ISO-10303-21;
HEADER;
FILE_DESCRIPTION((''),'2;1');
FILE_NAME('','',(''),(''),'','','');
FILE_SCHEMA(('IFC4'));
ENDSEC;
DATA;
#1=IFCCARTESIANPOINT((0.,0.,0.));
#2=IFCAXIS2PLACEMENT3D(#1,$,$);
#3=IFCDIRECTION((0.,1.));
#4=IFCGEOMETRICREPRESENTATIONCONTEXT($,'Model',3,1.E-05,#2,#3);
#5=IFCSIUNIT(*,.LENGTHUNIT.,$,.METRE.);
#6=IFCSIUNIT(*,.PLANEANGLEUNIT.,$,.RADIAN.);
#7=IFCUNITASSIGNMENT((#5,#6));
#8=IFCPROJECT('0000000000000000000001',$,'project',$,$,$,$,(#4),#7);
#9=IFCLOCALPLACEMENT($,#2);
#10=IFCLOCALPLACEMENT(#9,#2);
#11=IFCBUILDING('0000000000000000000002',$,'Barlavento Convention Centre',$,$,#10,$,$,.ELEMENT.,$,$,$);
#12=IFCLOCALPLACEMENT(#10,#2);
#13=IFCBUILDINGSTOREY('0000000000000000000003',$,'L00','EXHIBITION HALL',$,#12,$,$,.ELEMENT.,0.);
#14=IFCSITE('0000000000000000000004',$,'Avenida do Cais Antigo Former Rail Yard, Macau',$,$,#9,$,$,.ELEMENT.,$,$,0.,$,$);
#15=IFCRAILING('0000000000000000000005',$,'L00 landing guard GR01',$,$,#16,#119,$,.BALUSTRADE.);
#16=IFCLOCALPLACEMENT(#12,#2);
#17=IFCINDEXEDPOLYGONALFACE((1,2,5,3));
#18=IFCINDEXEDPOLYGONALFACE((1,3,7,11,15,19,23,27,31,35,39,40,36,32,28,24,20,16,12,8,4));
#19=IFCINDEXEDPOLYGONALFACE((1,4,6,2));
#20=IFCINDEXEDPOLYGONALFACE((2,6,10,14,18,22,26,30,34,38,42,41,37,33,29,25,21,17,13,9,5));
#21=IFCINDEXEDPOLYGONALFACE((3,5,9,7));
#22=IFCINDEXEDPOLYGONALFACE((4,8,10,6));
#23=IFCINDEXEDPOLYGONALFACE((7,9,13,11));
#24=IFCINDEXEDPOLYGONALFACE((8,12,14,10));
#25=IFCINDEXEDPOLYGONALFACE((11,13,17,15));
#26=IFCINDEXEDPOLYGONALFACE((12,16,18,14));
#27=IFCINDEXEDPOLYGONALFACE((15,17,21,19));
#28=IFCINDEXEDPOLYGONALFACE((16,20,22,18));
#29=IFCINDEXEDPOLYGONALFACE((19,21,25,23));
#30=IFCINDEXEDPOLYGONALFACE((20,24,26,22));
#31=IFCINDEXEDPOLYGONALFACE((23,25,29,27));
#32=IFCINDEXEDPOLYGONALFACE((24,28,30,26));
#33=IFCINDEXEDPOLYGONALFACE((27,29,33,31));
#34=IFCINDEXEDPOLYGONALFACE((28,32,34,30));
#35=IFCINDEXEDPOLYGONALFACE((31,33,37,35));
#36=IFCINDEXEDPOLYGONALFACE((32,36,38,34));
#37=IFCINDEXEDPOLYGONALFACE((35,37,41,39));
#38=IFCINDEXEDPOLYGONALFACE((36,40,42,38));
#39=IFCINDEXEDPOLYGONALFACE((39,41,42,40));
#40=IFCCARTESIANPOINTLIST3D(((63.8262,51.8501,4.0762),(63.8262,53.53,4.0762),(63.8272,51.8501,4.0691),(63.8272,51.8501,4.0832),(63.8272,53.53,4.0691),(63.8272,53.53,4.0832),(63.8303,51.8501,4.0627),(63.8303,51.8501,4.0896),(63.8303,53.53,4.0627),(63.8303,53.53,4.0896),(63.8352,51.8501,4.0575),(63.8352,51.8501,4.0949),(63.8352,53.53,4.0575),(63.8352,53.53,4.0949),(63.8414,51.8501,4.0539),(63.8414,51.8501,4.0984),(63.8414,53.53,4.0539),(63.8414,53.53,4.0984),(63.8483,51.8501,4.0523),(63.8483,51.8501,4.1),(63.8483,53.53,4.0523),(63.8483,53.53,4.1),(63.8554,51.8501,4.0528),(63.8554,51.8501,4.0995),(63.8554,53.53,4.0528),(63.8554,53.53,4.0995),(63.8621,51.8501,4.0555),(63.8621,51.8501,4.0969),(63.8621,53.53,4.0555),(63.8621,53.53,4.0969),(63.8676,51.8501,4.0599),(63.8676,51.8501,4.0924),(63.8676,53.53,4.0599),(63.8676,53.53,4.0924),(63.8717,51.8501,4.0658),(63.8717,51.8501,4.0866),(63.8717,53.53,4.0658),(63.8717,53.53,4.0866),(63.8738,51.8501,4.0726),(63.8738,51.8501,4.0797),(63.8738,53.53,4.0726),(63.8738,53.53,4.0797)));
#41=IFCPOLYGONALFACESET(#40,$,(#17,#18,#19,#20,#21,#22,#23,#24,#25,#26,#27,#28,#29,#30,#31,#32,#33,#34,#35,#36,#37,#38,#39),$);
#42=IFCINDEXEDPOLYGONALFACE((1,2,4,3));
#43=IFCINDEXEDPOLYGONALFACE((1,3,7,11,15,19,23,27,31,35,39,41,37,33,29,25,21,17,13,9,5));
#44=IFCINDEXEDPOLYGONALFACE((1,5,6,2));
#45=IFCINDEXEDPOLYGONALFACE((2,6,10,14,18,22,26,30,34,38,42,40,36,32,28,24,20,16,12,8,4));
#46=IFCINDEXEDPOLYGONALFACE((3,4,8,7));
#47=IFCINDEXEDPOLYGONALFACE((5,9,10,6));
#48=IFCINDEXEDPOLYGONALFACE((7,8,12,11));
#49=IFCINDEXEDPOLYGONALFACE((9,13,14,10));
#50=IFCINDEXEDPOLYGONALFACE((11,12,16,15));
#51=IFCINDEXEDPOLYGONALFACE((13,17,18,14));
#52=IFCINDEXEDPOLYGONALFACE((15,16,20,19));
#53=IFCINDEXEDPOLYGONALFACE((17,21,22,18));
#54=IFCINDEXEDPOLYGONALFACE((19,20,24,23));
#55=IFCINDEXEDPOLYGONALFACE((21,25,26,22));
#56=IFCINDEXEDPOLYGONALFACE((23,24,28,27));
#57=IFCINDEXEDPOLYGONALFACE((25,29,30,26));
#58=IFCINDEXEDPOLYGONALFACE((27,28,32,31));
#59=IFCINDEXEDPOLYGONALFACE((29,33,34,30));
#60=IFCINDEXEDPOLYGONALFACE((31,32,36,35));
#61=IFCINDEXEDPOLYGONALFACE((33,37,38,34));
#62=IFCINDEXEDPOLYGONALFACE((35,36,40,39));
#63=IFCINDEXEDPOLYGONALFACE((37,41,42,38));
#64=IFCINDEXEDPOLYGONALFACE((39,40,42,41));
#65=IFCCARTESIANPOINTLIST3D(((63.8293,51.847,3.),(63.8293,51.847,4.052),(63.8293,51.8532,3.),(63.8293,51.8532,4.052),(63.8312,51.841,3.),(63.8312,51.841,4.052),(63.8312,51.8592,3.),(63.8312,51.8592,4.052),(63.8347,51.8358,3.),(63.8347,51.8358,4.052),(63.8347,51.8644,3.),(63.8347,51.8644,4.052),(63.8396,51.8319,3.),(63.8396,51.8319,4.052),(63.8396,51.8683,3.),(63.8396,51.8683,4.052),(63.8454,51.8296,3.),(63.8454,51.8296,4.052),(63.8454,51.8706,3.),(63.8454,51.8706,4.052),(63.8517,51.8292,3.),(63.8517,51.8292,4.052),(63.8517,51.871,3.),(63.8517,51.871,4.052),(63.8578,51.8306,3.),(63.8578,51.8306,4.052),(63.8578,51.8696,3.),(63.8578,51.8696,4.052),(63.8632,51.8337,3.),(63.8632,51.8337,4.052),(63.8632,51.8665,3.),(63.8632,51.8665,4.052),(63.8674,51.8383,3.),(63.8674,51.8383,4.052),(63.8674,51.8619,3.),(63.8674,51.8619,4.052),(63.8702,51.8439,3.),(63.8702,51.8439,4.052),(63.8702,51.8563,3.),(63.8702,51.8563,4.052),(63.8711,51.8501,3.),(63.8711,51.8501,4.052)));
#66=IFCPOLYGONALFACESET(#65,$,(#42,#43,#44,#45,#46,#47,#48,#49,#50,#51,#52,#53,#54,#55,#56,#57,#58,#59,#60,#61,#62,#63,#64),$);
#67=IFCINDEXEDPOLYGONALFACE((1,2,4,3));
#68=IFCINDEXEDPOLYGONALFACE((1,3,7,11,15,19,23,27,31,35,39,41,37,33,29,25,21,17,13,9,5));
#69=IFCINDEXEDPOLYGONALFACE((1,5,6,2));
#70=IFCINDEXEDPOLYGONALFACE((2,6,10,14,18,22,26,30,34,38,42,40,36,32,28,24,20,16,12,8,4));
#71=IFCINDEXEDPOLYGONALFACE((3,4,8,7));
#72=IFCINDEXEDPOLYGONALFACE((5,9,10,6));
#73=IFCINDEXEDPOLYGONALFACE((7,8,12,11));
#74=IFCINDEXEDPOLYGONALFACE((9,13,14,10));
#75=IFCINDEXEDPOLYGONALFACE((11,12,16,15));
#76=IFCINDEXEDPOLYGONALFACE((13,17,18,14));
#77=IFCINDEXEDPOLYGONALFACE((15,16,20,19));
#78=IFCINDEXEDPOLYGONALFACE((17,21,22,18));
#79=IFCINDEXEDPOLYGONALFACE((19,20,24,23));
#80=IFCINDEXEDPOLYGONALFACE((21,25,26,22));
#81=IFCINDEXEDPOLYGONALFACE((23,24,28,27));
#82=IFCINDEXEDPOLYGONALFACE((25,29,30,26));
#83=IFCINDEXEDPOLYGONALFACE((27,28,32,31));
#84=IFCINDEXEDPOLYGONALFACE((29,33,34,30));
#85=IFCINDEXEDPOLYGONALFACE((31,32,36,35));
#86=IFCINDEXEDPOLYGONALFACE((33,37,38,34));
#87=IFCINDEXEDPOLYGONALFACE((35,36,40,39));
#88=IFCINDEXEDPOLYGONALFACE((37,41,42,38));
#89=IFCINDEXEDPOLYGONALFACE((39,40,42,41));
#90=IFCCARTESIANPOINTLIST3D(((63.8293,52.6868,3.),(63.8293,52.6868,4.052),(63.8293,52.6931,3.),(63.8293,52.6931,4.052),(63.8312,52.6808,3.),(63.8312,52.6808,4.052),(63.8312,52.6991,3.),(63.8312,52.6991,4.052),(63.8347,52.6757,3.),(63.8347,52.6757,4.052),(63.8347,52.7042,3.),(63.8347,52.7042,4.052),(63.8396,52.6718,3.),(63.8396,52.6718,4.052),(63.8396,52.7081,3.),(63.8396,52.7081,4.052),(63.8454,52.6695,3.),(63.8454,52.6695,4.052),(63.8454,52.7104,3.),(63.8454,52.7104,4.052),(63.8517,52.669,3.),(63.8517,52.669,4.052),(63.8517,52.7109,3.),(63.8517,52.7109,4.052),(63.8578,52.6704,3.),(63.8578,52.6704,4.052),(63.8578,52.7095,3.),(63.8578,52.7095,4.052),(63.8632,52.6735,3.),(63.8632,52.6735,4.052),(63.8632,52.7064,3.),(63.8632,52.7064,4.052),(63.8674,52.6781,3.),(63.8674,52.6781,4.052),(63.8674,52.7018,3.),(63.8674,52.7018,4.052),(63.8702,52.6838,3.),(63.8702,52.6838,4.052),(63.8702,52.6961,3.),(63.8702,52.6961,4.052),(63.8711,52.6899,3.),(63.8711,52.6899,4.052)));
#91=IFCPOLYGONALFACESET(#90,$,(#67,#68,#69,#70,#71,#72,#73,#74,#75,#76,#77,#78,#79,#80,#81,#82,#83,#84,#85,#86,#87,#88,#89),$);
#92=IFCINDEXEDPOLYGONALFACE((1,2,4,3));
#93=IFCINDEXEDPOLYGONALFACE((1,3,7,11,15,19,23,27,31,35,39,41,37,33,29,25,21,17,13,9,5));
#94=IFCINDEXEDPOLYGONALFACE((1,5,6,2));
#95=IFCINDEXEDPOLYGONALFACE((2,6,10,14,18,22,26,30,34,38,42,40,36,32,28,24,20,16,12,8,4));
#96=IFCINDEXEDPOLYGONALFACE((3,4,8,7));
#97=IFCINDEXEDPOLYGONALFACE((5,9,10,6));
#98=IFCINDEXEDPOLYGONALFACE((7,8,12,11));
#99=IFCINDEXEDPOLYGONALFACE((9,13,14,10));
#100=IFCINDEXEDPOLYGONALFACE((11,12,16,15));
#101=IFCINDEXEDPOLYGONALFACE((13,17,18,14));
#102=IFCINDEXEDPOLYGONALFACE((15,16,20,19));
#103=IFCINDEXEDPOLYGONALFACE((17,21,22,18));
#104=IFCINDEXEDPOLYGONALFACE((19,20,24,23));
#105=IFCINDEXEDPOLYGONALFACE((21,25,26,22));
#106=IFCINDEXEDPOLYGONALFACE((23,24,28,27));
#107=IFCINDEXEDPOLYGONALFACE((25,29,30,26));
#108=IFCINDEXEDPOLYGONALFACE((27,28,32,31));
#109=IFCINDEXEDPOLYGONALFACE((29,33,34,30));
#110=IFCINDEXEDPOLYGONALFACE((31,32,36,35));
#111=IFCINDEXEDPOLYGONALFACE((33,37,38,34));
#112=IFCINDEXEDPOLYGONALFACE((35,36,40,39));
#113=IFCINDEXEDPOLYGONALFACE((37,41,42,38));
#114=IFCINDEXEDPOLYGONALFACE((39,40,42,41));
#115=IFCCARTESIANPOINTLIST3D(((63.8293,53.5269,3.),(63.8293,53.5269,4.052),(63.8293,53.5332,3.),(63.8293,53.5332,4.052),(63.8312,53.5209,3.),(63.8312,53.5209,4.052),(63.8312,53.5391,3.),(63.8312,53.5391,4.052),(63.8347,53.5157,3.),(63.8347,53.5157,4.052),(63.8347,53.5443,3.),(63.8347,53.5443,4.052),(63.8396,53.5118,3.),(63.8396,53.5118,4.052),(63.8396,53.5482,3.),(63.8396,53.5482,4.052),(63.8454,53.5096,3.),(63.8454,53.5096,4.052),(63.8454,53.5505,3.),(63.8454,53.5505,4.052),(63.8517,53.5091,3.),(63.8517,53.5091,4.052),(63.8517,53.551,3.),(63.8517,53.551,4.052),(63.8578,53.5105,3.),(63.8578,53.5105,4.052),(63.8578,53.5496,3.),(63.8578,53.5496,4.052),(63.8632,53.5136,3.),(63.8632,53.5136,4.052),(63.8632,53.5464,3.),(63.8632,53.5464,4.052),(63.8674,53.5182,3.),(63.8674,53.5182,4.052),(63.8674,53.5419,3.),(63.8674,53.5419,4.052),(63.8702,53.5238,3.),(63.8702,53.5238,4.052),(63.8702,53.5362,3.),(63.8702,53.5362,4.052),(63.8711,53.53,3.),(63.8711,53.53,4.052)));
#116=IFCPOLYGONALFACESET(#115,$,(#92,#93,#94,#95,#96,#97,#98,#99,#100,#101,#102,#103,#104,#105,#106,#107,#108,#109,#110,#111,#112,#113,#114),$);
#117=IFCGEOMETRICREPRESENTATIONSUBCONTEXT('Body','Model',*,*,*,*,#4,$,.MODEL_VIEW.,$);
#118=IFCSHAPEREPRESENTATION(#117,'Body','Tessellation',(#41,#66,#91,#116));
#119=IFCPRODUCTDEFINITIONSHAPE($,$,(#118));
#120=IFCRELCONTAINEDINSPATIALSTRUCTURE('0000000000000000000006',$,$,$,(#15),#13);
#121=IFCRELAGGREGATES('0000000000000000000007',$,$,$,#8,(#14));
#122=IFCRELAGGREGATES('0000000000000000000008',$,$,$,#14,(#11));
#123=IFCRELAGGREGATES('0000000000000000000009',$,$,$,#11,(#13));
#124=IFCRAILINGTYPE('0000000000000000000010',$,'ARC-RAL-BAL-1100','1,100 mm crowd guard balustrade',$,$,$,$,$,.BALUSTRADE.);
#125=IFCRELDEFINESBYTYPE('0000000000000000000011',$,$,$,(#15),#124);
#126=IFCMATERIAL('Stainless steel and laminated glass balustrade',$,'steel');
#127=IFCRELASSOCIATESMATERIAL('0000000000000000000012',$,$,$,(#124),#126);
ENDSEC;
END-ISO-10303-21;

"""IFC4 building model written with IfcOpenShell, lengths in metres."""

from ifc_helpers import new_model, si_unit, direction, frame, origin, origin_2d, place, context, subcontext, project, spatial, circle, extrude, material, type_object, element, save


model = new_model("IFC4")

# Units and contexts
model_context = context("Model", 3, precision=1e-05, world=origin(), true_north=direction((0.0, 1.0)))
body_context = subcontext(model_context, "Body", "Model", "MODEL_VIEW")
ifc_project = project(units=[si_unit("LENGTHUNIT", "METRE"), si_unit("PLANEANGLEUNIT", "RADIAN")], contexts=[model_context])

# Site, building, storey
site_placement = place(None, origin())
site = spatial("IfcSite", under=ifc_project, at=site_placement, Name="Avenida do Cais Antigo Former Rail Yard, Macau", CompositionType="ELEMENT", RefElevation=0.0)
building_placement = place(site_placement, origin())
building = spatial("IfcBuilding", under=site, at=building_placement, Name="Barlavento Convention Centre", CompositionType="ELEMENT")
storey_placement = place(building_placement, origin())
storey = spatial("IfcBuildingStorey", under=building, at=storey_placement, Name="L00", Description="EXHIBITION HALL", CompositionType="ELEMENT", Elevation=0.0)

# Railing
ifc_material_1 = material(Name="Stainless steel and laminated glass balustrade", Category="steel")
railing_type_1 = type_object("IfcRailingType", Name="ARC-RAL-BAL-1100", Description="1,100 mm crowd guard balustrade", PredefinedType="BALUSTRADE", material=ifc_material_1)
for number, where, name in (
    (1, (63.8501, 51.8501, 3.0), "L00 landing guard GR01"),
):
    element("IfcRailing", number, at=place(storey_placement, frame(where)), inside=storey, type_object=railing_type_1, Name=name, PredefinedType="BALUSTRADE", context=body_context, shape_type="SweptSolid", body=[
        extrude(circle(Radius=0.0239, at=origin_2d()), frame((0.0, 0.0, 1.0762), z_axis=(0.0, 1.0, 0.0), x_axis=(-1.0, 0.0, 0.0)), (0.0, 0.0, 1.0), 1.6799),
        extrude(circle(Radius=0.021, at=origin_2d()), origin(), (0.0, 0.0, 1.0), 1.052),
        extrude(circle(Radius=0.021, at=origin_2d()), frame((0.0, 0.8398, 0.0)), (0.0, 0.0, 1.0), 1.052),
        extrude(circle(Radius=0.021, at=origin_2d()), frame((0.0, 1.6799, 0.0)), (0.0, 0.0, 1.0), 1.052),
    ])

save(model, "model.ifc")
